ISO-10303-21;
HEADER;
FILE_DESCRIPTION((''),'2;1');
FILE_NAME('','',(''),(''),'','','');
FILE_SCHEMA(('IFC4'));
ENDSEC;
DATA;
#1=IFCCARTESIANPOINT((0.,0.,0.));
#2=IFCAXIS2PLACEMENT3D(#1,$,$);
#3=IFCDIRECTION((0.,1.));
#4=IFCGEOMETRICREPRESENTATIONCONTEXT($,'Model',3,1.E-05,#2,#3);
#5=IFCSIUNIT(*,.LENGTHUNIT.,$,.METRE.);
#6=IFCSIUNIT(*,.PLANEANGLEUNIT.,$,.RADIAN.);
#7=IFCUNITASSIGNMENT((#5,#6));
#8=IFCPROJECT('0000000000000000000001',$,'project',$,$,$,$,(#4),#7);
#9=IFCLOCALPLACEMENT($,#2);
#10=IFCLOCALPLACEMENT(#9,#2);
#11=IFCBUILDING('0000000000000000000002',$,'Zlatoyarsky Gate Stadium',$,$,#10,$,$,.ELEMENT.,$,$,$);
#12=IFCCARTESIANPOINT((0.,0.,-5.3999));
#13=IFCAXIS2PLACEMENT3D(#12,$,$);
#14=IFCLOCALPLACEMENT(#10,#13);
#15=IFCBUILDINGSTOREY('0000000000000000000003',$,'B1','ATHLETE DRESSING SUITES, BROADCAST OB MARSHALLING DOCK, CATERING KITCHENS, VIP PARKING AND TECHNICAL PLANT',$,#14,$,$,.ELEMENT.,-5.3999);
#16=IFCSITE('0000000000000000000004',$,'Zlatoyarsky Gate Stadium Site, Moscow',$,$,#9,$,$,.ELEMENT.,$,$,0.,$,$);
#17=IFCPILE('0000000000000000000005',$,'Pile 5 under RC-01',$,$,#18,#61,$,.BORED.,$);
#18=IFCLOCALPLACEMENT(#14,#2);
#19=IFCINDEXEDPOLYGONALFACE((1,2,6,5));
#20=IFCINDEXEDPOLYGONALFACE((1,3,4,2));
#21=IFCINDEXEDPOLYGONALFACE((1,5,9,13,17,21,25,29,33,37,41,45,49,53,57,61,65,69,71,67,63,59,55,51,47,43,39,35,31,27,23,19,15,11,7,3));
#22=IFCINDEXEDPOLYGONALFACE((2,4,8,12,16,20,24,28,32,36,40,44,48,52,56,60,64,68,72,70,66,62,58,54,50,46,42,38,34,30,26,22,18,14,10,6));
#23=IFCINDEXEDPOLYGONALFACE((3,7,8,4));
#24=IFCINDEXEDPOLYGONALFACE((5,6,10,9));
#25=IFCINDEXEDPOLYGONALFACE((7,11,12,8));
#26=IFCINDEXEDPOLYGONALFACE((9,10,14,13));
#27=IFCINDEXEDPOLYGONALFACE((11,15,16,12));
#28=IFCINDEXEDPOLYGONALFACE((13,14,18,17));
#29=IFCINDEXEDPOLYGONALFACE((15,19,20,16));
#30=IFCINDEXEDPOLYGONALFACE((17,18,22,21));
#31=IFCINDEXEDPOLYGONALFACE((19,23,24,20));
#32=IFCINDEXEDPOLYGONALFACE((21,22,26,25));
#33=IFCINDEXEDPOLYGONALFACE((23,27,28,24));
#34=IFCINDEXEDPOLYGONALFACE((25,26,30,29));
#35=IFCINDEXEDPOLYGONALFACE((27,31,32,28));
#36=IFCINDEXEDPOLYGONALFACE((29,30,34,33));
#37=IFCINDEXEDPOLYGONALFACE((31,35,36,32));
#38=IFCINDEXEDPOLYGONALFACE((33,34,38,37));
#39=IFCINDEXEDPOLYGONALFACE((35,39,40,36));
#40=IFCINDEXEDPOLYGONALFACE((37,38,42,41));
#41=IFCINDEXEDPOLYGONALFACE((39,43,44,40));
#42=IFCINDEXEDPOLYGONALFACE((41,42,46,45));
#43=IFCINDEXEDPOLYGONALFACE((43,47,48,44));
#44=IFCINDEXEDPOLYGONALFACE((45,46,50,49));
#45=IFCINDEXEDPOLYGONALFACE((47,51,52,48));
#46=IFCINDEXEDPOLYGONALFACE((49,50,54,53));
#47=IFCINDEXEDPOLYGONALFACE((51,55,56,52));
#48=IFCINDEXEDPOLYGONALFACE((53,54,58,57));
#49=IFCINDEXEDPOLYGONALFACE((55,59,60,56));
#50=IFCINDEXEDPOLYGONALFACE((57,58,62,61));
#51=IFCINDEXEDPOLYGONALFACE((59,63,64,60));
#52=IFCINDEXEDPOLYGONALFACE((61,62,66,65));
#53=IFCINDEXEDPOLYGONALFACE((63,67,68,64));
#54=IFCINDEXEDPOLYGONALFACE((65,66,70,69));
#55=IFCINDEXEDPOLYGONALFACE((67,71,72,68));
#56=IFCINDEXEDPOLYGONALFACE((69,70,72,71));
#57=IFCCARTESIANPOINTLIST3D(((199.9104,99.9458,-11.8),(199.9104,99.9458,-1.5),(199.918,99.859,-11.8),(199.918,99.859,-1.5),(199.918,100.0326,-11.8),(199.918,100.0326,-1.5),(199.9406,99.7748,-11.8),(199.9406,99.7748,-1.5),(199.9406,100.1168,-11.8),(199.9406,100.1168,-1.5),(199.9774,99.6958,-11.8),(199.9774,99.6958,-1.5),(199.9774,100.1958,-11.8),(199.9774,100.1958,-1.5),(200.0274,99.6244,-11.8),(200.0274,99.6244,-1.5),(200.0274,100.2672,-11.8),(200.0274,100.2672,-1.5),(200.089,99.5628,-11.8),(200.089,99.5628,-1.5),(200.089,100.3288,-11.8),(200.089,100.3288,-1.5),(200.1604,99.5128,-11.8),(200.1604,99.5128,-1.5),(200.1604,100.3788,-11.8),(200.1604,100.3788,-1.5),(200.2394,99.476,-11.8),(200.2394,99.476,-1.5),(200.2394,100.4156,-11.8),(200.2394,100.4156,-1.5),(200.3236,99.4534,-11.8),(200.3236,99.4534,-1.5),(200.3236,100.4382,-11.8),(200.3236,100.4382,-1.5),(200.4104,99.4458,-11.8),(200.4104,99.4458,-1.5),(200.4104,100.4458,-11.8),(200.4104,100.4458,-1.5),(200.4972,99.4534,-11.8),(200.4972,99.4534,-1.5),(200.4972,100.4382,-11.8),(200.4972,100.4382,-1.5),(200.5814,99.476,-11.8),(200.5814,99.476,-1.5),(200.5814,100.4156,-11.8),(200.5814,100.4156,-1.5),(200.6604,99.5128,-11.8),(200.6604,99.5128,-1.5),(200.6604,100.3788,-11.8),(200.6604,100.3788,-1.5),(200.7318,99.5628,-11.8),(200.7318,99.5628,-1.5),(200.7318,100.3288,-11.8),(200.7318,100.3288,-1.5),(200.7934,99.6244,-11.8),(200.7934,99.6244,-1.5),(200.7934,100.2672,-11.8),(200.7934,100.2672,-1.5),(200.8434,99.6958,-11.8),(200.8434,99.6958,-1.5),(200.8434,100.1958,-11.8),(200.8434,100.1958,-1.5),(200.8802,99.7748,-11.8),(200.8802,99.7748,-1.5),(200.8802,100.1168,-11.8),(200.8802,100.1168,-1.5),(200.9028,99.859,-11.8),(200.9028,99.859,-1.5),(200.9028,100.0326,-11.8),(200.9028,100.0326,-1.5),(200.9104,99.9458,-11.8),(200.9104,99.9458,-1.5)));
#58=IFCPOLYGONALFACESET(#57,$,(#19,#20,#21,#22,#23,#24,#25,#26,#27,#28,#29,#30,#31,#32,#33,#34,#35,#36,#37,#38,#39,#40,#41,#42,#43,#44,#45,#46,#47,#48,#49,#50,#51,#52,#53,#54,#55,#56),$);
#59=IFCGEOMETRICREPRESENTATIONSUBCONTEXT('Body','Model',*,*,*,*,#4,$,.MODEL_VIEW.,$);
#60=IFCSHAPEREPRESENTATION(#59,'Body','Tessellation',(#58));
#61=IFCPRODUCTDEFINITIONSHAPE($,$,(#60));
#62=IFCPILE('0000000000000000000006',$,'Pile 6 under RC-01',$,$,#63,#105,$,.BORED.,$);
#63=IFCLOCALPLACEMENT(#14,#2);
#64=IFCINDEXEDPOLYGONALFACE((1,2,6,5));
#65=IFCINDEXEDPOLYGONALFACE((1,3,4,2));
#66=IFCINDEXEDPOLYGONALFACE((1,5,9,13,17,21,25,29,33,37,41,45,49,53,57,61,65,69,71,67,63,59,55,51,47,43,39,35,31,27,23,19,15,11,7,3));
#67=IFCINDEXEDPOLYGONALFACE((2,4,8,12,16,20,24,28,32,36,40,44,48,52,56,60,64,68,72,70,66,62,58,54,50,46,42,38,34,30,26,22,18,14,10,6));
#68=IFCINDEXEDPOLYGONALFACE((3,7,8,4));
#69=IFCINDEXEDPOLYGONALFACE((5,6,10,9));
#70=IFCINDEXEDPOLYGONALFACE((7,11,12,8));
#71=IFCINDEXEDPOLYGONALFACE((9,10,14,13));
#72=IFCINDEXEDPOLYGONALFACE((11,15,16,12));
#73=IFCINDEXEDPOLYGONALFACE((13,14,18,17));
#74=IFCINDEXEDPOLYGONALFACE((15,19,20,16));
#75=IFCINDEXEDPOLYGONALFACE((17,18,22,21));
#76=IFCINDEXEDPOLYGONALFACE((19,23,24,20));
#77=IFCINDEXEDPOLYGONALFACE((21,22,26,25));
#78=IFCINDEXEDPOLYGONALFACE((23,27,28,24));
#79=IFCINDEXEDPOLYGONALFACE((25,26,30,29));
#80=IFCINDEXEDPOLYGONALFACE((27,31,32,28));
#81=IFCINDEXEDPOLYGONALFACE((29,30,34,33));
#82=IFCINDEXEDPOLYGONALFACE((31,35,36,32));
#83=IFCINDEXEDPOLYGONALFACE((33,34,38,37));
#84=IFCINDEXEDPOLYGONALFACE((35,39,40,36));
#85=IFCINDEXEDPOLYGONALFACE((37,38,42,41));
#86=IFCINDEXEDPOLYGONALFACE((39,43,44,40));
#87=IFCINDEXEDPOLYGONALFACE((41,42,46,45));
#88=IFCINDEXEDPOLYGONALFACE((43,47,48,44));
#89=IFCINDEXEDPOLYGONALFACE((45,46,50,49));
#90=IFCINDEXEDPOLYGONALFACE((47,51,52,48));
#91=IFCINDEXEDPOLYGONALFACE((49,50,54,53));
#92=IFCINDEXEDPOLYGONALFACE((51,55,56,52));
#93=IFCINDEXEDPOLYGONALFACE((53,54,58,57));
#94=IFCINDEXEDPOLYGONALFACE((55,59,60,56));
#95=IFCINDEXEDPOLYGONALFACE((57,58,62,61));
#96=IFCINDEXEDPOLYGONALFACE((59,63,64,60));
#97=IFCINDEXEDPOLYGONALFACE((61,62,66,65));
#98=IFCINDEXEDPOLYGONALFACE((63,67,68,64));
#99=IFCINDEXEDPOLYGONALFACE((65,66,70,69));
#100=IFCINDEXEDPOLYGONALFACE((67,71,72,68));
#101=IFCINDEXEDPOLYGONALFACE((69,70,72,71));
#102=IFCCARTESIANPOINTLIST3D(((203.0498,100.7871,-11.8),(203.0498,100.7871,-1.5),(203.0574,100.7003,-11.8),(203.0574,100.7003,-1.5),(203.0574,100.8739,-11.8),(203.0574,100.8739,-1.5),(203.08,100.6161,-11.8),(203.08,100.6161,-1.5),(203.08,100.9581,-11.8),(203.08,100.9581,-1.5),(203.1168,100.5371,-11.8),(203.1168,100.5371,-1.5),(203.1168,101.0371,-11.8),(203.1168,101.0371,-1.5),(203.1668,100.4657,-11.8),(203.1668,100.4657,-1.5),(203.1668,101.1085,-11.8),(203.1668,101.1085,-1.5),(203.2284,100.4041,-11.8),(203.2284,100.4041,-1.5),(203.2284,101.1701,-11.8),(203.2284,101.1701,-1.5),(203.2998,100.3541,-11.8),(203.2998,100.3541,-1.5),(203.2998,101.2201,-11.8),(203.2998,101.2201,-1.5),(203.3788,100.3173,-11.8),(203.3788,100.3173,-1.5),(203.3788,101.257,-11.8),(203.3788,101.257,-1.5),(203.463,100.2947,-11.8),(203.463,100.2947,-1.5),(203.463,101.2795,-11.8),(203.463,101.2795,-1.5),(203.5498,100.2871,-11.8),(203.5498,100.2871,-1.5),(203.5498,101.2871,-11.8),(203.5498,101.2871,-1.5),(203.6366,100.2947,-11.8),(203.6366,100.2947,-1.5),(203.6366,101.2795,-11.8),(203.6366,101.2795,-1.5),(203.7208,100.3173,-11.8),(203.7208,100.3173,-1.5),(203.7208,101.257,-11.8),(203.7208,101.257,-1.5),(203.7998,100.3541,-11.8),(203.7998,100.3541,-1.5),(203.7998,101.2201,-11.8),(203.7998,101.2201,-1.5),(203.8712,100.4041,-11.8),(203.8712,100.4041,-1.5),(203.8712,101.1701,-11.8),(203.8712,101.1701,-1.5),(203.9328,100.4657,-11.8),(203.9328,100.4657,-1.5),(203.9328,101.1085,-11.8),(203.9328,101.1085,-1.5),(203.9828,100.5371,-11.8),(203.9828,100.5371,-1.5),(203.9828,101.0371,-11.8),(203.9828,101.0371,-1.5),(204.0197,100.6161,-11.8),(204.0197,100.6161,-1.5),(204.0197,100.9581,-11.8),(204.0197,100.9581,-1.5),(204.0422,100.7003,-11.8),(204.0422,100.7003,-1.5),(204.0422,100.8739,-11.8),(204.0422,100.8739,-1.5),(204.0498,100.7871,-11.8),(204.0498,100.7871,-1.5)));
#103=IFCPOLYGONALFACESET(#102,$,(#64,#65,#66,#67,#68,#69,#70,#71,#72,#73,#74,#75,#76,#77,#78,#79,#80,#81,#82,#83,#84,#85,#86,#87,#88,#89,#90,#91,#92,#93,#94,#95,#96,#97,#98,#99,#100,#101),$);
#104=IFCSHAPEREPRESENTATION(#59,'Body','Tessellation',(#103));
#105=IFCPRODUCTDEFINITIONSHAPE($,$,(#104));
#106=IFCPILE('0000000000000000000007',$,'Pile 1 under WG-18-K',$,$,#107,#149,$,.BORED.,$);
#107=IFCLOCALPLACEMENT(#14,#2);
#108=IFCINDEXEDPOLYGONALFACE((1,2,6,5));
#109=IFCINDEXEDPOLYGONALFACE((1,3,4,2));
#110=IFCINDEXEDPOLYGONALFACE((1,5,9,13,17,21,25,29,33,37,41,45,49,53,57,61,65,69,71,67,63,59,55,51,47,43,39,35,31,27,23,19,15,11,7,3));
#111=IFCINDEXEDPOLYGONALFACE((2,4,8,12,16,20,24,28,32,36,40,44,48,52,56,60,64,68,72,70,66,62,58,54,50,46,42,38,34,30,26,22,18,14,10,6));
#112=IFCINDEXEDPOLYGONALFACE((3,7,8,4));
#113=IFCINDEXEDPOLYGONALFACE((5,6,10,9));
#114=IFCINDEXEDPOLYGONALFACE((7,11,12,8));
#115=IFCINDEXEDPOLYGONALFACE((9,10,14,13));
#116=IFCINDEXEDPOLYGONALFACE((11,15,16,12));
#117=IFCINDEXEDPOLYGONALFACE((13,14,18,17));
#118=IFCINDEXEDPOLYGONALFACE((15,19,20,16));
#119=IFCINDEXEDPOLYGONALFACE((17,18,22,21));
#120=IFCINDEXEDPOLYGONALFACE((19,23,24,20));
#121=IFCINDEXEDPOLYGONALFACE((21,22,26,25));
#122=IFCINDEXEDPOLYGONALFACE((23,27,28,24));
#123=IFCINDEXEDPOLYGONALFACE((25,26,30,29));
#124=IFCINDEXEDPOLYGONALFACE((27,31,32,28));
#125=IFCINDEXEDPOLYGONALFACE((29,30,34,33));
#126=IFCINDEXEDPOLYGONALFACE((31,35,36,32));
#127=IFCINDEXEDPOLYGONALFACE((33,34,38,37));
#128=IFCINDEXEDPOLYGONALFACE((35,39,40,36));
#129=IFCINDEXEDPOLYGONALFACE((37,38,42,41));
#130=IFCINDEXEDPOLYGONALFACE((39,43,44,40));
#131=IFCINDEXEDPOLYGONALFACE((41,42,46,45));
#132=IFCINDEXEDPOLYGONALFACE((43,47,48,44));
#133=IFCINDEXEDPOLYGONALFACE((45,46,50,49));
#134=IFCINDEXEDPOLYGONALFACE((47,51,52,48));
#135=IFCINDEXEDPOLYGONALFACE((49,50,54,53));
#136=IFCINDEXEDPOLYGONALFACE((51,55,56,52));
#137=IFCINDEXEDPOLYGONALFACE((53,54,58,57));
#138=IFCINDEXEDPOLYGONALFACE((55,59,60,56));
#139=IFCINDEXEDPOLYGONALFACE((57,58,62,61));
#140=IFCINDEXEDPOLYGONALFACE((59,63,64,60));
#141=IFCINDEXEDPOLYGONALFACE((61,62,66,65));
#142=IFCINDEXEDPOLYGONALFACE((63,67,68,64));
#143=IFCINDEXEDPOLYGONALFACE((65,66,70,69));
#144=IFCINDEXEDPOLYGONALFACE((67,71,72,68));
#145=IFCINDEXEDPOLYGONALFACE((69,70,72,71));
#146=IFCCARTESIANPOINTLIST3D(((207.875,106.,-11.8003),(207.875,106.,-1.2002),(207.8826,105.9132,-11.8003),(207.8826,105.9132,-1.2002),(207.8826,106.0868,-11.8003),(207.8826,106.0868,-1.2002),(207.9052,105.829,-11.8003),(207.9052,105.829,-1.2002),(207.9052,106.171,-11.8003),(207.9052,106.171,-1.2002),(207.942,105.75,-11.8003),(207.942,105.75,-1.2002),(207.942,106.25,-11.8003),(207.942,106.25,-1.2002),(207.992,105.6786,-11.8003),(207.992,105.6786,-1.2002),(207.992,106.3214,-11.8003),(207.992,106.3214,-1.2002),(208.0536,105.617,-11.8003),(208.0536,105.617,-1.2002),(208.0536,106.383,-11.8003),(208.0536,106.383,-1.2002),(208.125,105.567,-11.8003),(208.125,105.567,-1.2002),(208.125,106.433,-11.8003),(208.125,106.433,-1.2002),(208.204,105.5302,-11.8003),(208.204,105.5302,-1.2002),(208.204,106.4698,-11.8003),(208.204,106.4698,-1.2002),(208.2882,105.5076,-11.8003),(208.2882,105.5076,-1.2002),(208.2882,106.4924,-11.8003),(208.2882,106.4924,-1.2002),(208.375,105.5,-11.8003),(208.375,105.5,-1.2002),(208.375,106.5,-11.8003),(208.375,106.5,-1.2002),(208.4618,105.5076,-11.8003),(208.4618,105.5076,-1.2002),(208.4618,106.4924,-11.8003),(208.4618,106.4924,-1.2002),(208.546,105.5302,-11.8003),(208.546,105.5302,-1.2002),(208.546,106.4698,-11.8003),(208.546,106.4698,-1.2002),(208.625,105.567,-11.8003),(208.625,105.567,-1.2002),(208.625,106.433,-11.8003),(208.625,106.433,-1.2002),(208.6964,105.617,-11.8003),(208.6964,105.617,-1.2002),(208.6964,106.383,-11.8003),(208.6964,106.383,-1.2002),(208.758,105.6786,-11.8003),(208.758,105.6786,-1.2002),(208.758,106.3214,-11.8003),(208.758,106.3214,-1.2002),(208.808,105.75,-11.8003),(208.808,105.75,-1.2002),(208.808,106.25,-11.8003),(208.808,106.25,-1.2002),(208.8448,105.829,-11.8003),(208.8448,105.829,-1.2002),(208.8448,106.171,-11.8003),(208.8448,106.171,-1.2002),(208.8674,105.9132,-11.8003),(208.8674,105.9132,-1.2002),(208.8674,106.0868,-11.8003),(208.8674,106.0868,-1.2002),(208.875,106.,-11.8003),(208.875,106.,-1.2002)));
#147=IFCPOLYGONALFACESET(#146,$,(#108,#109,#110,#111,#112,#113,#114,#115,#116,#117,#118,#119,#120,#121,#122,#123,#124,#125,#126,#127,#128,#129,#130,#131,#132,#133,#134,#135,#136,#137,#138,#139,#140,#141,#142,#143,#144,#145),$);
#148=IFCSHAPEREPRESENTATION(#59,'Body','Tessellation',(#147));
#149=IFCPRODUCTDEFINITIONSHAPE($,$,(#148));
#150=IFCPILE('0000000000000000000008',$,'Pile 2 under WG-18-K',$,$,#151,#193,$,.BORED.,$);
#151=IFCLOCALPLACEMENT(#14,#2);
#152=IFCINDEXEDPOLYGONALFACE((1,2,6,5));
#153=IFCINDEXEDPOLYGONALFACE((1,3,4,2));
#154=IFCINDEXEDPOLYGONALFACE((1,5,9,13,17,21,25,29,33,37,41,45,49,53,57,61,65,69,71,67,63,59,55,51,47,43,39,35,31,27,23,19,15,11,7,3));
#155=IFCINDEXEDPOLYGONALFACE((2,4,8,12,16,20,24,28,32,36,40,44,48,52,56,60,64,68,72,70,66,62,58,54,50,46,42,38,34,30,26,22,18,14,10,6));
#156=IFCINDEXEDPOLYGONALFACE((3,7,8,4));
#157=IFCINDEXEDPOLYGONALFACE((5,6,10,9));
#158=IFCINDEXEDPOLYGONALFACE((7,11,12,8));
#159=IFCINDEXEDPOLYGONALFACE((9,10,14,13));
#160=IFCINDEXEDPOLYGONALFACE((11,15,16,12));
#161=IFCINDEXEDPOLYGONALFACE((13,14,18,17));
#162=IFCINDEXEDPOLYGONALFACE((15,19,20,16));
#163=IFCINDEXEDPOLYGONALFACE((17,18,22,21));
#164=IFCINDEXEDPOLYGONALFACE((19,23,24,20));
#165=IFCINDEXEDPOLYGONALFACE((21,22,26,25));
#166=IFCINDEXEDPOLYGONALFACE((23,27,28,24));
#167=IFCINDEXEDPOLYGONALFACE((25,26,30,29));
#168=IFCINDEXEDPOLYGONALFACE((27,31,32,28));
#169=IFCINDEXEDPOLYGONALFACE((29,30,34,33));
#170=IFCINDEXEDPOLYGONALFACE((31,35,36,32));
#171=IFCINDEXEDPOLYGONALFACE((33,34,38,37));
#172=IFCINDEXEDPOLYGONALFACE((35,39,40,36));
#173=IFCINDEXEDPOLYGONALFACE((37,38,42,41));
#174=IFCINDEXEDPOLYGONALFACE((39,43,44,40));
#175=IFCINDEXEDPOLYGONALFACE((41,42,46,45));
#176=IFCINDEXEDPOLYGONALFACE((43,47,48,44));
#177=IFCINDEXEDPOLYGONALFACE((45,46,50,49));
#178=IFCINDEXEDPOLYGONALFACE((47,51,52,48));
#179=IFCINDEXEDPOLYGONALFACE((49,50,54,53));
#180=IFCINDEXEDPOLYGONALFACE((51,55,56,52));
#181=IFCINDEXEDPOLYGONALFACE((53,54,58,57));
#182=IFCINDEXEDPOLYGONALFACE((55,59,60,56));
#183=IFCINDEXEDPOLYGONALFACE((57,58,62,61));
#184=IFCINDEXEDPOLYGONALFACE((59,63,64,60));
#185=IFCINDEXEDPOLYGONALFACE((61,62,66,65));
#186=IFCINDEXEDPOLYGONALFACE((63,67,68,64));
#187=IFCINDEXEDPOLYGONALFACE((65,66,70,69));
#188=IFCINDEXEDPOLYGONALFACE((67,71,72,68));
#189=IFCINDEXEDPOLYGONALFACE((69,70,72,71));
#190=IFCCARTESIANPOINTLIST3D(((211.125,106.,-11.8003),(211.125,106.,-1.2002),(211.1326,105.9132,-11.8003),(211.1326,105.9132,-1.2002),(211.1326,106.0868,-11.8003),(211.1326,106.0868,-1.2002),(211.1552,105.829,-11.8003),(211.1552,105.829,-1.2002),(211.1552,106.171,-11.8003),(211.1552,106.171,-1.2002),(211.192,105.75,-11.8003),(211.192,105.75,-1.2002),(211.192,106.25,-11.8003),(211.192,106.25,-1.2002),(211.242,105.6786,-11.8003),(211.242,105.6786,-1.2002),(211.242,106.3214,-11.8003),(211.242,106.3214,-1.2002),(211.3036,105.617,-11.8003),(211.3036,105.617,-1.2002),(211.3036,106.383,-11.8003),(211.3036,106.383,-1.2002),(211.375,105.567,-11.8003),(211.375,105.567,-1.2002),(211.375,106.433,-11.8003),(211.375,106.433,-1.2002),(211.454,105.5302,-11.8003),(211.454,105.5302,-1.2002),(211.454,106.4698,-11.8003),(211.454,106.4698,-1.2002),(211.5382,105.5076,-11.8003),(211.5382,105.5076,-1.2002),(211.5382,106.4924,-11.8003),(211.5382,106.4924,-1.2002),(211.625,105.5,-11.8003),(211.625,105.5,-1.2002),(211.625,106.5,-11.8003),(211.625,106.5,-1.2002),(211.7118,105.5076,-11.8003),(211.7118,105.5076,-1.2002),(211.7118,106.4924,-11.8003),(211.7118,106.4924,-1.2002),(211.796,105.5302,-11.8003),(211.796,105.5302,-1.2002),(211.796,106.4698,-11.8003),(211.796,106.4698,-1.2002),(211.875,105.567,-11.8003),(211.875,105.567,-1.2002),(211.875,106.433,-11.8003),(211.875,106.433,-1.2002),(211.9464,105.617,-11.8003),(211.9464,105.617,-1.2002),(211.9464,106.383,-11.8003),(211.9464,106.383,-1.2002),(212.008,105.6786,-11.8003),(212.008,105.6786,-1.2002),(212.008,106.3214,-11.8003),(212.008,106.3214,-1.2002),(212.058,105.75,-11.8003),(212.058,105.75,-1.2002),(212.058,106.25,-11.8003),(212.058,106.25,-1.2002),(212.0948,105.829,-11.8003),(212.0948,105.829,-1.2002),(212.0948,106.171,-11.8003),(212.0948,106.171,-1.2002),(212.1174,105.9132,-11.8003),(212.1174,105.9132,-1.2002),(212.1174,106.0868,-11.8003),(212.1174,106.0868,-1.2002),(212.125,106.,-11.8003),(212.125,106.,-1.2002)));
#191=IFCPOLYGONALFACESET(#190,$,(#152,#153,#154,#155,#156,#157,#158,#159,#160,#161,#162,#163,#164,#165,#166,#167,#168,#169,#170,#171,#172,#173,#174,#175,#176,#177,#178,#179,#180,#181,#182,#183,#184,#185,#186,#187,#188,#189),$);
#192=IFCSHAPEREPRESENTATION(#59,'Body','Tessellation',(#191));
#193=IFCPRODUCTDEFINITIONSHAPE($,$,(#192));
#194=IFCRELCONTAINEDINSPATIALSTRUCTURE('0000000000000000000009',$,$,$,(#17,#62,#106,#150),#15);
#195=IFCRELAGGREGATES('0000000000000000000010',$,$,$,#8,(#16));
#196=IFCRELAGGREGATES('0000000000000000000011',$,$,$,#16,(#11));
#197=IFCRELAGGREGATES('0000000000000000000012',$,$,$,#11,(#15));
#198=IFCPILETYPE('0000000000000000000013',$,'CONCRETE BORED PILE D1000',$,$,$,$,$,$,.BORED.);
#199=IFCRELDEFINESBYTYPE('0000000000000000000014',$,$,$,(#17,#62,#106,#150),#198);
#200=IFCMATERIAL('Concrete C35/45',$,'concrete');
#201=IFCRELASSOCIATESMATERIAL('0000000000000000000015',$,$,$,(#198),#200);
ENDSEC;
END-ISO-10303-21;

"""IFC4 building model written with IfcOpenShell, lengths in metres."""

from ifc_helpers import new_model, si_unit, direction, frame, origin, origin_2d, place, context, subcontext, project, spatial, circle, extrude, material, material_profile, profile_set, type_object, element, save


model = new_model("IFC4")

# Units and contexts
model_context = context("Model", 3, precision=1e-05, world=origin(), true_north=direction((0.0, 1.0)))
body_context = subcontext(model_context, "Body", "Model", "MODEL_VIEW")
ifc_project = project(units=[si_unit("LENGTHUNIT", "METRE"), si_unit("PLANEANGLEUNIT", "RADIAN")], contexts=[model_context])

# Site, building, storey
site_placement = place(None, origin())
site = spatial("IfcSite", under=ifc_project, at=site_placement, Name="Zlatoyarsky Gate Stadium Site, Moscow", CompositionType="ELEMENT", RefElevation=0.0)
building_placement = place(site_placement, origin())
building = spatial("IfcBuilding", under=site, at=building_placement, Name="Zlatoyarsky Gate Stadium", CompositionType="ELEMENT")
storey_placement = place(building_placement, frame((0.0, 0.0, -5.3999)))
storey = spatial("IfcBuildingStorey", under=building, at=storey_placement, Name="B1", Description="ATHLETE DRESSING SUITES, BROADCAST OB MARSHALLING DOCK, CATERING KITCHENS, VIP PARKING AND TECHNICAL PLANT", CompositionType="ELEMENT", Elevation=-5.3999)

# Piles
ifc_material_1 = material(Name="Concrete C35/45", Category="concrete")
ifc_material_profile_1 = material_profile(ifc_material_1, circle(Radius=0.5, at=origin_2d()), Name="BORED PILE D1000")
ifc_profile_set_1 = profile_set([ifc_material_profile_1], Name="Concrete C35/45")
pile_type_1 = type_object("IfcPileType", Name="CONCRETE BORED PILE D1000", PredefinedType="BORED", material=ifc_profile_set_1)
for number, where, z_axis, x_axis, name in (
    (1, (200.4104, 99.9458, -1.5), (0.0, 0.0, -1.0), (1.0, 0.0, 0.0), "Pile 5 under RC-01"),
    (2, (203.5498, 100.7871, -1.5), (0.0, 0.0, -1.0), (1.0, 0.0, 0.0), "Pile 6 under RC-01"),
):
    element("IfcPile", number, at=place(storey_placement, frame(where, z_axis=z_axis, x_axis=x_axis)), inside=storey, type_object=pile_type_1, Name=name, PredefinedType="BORED", context=body_context, shape_type="SweptSolid", body=[
        extrude(circle(Radius=0.5, at=origin_2d()), origin(), (0.0, 0.0, 1.0), 10.3),
    ])
for number, where, z_axis, x_axis, name in (
    (3, (208.375, 106.0, -1.2002), (0.0, 0.0, -1.0), (1.0, 0.0, 0.0), "Pile 1 under WG-18-K"),
    (4, (211.625, 106.0, -1.2002), (0.0, 0.0, -1.0), (1.0, 0.0, 0.0), "Pile 2 under WG-18-K"),
):
    element("IfcPile", number, at=place(storey_placement, frame(where, z_axis=z_axis, x_axis=x_axis)), inside=storey, type_object=pile_type_1, Name=name, PredefinedType="BORED", context=body_context, shape_type="SweptSolid", body=[
        extrude(circle(Radius=0.5, at=origin_2d()), origin(), (0.0, 0.0, 1.0), 10.6001),
    ])

save(model, "model.ifc")
